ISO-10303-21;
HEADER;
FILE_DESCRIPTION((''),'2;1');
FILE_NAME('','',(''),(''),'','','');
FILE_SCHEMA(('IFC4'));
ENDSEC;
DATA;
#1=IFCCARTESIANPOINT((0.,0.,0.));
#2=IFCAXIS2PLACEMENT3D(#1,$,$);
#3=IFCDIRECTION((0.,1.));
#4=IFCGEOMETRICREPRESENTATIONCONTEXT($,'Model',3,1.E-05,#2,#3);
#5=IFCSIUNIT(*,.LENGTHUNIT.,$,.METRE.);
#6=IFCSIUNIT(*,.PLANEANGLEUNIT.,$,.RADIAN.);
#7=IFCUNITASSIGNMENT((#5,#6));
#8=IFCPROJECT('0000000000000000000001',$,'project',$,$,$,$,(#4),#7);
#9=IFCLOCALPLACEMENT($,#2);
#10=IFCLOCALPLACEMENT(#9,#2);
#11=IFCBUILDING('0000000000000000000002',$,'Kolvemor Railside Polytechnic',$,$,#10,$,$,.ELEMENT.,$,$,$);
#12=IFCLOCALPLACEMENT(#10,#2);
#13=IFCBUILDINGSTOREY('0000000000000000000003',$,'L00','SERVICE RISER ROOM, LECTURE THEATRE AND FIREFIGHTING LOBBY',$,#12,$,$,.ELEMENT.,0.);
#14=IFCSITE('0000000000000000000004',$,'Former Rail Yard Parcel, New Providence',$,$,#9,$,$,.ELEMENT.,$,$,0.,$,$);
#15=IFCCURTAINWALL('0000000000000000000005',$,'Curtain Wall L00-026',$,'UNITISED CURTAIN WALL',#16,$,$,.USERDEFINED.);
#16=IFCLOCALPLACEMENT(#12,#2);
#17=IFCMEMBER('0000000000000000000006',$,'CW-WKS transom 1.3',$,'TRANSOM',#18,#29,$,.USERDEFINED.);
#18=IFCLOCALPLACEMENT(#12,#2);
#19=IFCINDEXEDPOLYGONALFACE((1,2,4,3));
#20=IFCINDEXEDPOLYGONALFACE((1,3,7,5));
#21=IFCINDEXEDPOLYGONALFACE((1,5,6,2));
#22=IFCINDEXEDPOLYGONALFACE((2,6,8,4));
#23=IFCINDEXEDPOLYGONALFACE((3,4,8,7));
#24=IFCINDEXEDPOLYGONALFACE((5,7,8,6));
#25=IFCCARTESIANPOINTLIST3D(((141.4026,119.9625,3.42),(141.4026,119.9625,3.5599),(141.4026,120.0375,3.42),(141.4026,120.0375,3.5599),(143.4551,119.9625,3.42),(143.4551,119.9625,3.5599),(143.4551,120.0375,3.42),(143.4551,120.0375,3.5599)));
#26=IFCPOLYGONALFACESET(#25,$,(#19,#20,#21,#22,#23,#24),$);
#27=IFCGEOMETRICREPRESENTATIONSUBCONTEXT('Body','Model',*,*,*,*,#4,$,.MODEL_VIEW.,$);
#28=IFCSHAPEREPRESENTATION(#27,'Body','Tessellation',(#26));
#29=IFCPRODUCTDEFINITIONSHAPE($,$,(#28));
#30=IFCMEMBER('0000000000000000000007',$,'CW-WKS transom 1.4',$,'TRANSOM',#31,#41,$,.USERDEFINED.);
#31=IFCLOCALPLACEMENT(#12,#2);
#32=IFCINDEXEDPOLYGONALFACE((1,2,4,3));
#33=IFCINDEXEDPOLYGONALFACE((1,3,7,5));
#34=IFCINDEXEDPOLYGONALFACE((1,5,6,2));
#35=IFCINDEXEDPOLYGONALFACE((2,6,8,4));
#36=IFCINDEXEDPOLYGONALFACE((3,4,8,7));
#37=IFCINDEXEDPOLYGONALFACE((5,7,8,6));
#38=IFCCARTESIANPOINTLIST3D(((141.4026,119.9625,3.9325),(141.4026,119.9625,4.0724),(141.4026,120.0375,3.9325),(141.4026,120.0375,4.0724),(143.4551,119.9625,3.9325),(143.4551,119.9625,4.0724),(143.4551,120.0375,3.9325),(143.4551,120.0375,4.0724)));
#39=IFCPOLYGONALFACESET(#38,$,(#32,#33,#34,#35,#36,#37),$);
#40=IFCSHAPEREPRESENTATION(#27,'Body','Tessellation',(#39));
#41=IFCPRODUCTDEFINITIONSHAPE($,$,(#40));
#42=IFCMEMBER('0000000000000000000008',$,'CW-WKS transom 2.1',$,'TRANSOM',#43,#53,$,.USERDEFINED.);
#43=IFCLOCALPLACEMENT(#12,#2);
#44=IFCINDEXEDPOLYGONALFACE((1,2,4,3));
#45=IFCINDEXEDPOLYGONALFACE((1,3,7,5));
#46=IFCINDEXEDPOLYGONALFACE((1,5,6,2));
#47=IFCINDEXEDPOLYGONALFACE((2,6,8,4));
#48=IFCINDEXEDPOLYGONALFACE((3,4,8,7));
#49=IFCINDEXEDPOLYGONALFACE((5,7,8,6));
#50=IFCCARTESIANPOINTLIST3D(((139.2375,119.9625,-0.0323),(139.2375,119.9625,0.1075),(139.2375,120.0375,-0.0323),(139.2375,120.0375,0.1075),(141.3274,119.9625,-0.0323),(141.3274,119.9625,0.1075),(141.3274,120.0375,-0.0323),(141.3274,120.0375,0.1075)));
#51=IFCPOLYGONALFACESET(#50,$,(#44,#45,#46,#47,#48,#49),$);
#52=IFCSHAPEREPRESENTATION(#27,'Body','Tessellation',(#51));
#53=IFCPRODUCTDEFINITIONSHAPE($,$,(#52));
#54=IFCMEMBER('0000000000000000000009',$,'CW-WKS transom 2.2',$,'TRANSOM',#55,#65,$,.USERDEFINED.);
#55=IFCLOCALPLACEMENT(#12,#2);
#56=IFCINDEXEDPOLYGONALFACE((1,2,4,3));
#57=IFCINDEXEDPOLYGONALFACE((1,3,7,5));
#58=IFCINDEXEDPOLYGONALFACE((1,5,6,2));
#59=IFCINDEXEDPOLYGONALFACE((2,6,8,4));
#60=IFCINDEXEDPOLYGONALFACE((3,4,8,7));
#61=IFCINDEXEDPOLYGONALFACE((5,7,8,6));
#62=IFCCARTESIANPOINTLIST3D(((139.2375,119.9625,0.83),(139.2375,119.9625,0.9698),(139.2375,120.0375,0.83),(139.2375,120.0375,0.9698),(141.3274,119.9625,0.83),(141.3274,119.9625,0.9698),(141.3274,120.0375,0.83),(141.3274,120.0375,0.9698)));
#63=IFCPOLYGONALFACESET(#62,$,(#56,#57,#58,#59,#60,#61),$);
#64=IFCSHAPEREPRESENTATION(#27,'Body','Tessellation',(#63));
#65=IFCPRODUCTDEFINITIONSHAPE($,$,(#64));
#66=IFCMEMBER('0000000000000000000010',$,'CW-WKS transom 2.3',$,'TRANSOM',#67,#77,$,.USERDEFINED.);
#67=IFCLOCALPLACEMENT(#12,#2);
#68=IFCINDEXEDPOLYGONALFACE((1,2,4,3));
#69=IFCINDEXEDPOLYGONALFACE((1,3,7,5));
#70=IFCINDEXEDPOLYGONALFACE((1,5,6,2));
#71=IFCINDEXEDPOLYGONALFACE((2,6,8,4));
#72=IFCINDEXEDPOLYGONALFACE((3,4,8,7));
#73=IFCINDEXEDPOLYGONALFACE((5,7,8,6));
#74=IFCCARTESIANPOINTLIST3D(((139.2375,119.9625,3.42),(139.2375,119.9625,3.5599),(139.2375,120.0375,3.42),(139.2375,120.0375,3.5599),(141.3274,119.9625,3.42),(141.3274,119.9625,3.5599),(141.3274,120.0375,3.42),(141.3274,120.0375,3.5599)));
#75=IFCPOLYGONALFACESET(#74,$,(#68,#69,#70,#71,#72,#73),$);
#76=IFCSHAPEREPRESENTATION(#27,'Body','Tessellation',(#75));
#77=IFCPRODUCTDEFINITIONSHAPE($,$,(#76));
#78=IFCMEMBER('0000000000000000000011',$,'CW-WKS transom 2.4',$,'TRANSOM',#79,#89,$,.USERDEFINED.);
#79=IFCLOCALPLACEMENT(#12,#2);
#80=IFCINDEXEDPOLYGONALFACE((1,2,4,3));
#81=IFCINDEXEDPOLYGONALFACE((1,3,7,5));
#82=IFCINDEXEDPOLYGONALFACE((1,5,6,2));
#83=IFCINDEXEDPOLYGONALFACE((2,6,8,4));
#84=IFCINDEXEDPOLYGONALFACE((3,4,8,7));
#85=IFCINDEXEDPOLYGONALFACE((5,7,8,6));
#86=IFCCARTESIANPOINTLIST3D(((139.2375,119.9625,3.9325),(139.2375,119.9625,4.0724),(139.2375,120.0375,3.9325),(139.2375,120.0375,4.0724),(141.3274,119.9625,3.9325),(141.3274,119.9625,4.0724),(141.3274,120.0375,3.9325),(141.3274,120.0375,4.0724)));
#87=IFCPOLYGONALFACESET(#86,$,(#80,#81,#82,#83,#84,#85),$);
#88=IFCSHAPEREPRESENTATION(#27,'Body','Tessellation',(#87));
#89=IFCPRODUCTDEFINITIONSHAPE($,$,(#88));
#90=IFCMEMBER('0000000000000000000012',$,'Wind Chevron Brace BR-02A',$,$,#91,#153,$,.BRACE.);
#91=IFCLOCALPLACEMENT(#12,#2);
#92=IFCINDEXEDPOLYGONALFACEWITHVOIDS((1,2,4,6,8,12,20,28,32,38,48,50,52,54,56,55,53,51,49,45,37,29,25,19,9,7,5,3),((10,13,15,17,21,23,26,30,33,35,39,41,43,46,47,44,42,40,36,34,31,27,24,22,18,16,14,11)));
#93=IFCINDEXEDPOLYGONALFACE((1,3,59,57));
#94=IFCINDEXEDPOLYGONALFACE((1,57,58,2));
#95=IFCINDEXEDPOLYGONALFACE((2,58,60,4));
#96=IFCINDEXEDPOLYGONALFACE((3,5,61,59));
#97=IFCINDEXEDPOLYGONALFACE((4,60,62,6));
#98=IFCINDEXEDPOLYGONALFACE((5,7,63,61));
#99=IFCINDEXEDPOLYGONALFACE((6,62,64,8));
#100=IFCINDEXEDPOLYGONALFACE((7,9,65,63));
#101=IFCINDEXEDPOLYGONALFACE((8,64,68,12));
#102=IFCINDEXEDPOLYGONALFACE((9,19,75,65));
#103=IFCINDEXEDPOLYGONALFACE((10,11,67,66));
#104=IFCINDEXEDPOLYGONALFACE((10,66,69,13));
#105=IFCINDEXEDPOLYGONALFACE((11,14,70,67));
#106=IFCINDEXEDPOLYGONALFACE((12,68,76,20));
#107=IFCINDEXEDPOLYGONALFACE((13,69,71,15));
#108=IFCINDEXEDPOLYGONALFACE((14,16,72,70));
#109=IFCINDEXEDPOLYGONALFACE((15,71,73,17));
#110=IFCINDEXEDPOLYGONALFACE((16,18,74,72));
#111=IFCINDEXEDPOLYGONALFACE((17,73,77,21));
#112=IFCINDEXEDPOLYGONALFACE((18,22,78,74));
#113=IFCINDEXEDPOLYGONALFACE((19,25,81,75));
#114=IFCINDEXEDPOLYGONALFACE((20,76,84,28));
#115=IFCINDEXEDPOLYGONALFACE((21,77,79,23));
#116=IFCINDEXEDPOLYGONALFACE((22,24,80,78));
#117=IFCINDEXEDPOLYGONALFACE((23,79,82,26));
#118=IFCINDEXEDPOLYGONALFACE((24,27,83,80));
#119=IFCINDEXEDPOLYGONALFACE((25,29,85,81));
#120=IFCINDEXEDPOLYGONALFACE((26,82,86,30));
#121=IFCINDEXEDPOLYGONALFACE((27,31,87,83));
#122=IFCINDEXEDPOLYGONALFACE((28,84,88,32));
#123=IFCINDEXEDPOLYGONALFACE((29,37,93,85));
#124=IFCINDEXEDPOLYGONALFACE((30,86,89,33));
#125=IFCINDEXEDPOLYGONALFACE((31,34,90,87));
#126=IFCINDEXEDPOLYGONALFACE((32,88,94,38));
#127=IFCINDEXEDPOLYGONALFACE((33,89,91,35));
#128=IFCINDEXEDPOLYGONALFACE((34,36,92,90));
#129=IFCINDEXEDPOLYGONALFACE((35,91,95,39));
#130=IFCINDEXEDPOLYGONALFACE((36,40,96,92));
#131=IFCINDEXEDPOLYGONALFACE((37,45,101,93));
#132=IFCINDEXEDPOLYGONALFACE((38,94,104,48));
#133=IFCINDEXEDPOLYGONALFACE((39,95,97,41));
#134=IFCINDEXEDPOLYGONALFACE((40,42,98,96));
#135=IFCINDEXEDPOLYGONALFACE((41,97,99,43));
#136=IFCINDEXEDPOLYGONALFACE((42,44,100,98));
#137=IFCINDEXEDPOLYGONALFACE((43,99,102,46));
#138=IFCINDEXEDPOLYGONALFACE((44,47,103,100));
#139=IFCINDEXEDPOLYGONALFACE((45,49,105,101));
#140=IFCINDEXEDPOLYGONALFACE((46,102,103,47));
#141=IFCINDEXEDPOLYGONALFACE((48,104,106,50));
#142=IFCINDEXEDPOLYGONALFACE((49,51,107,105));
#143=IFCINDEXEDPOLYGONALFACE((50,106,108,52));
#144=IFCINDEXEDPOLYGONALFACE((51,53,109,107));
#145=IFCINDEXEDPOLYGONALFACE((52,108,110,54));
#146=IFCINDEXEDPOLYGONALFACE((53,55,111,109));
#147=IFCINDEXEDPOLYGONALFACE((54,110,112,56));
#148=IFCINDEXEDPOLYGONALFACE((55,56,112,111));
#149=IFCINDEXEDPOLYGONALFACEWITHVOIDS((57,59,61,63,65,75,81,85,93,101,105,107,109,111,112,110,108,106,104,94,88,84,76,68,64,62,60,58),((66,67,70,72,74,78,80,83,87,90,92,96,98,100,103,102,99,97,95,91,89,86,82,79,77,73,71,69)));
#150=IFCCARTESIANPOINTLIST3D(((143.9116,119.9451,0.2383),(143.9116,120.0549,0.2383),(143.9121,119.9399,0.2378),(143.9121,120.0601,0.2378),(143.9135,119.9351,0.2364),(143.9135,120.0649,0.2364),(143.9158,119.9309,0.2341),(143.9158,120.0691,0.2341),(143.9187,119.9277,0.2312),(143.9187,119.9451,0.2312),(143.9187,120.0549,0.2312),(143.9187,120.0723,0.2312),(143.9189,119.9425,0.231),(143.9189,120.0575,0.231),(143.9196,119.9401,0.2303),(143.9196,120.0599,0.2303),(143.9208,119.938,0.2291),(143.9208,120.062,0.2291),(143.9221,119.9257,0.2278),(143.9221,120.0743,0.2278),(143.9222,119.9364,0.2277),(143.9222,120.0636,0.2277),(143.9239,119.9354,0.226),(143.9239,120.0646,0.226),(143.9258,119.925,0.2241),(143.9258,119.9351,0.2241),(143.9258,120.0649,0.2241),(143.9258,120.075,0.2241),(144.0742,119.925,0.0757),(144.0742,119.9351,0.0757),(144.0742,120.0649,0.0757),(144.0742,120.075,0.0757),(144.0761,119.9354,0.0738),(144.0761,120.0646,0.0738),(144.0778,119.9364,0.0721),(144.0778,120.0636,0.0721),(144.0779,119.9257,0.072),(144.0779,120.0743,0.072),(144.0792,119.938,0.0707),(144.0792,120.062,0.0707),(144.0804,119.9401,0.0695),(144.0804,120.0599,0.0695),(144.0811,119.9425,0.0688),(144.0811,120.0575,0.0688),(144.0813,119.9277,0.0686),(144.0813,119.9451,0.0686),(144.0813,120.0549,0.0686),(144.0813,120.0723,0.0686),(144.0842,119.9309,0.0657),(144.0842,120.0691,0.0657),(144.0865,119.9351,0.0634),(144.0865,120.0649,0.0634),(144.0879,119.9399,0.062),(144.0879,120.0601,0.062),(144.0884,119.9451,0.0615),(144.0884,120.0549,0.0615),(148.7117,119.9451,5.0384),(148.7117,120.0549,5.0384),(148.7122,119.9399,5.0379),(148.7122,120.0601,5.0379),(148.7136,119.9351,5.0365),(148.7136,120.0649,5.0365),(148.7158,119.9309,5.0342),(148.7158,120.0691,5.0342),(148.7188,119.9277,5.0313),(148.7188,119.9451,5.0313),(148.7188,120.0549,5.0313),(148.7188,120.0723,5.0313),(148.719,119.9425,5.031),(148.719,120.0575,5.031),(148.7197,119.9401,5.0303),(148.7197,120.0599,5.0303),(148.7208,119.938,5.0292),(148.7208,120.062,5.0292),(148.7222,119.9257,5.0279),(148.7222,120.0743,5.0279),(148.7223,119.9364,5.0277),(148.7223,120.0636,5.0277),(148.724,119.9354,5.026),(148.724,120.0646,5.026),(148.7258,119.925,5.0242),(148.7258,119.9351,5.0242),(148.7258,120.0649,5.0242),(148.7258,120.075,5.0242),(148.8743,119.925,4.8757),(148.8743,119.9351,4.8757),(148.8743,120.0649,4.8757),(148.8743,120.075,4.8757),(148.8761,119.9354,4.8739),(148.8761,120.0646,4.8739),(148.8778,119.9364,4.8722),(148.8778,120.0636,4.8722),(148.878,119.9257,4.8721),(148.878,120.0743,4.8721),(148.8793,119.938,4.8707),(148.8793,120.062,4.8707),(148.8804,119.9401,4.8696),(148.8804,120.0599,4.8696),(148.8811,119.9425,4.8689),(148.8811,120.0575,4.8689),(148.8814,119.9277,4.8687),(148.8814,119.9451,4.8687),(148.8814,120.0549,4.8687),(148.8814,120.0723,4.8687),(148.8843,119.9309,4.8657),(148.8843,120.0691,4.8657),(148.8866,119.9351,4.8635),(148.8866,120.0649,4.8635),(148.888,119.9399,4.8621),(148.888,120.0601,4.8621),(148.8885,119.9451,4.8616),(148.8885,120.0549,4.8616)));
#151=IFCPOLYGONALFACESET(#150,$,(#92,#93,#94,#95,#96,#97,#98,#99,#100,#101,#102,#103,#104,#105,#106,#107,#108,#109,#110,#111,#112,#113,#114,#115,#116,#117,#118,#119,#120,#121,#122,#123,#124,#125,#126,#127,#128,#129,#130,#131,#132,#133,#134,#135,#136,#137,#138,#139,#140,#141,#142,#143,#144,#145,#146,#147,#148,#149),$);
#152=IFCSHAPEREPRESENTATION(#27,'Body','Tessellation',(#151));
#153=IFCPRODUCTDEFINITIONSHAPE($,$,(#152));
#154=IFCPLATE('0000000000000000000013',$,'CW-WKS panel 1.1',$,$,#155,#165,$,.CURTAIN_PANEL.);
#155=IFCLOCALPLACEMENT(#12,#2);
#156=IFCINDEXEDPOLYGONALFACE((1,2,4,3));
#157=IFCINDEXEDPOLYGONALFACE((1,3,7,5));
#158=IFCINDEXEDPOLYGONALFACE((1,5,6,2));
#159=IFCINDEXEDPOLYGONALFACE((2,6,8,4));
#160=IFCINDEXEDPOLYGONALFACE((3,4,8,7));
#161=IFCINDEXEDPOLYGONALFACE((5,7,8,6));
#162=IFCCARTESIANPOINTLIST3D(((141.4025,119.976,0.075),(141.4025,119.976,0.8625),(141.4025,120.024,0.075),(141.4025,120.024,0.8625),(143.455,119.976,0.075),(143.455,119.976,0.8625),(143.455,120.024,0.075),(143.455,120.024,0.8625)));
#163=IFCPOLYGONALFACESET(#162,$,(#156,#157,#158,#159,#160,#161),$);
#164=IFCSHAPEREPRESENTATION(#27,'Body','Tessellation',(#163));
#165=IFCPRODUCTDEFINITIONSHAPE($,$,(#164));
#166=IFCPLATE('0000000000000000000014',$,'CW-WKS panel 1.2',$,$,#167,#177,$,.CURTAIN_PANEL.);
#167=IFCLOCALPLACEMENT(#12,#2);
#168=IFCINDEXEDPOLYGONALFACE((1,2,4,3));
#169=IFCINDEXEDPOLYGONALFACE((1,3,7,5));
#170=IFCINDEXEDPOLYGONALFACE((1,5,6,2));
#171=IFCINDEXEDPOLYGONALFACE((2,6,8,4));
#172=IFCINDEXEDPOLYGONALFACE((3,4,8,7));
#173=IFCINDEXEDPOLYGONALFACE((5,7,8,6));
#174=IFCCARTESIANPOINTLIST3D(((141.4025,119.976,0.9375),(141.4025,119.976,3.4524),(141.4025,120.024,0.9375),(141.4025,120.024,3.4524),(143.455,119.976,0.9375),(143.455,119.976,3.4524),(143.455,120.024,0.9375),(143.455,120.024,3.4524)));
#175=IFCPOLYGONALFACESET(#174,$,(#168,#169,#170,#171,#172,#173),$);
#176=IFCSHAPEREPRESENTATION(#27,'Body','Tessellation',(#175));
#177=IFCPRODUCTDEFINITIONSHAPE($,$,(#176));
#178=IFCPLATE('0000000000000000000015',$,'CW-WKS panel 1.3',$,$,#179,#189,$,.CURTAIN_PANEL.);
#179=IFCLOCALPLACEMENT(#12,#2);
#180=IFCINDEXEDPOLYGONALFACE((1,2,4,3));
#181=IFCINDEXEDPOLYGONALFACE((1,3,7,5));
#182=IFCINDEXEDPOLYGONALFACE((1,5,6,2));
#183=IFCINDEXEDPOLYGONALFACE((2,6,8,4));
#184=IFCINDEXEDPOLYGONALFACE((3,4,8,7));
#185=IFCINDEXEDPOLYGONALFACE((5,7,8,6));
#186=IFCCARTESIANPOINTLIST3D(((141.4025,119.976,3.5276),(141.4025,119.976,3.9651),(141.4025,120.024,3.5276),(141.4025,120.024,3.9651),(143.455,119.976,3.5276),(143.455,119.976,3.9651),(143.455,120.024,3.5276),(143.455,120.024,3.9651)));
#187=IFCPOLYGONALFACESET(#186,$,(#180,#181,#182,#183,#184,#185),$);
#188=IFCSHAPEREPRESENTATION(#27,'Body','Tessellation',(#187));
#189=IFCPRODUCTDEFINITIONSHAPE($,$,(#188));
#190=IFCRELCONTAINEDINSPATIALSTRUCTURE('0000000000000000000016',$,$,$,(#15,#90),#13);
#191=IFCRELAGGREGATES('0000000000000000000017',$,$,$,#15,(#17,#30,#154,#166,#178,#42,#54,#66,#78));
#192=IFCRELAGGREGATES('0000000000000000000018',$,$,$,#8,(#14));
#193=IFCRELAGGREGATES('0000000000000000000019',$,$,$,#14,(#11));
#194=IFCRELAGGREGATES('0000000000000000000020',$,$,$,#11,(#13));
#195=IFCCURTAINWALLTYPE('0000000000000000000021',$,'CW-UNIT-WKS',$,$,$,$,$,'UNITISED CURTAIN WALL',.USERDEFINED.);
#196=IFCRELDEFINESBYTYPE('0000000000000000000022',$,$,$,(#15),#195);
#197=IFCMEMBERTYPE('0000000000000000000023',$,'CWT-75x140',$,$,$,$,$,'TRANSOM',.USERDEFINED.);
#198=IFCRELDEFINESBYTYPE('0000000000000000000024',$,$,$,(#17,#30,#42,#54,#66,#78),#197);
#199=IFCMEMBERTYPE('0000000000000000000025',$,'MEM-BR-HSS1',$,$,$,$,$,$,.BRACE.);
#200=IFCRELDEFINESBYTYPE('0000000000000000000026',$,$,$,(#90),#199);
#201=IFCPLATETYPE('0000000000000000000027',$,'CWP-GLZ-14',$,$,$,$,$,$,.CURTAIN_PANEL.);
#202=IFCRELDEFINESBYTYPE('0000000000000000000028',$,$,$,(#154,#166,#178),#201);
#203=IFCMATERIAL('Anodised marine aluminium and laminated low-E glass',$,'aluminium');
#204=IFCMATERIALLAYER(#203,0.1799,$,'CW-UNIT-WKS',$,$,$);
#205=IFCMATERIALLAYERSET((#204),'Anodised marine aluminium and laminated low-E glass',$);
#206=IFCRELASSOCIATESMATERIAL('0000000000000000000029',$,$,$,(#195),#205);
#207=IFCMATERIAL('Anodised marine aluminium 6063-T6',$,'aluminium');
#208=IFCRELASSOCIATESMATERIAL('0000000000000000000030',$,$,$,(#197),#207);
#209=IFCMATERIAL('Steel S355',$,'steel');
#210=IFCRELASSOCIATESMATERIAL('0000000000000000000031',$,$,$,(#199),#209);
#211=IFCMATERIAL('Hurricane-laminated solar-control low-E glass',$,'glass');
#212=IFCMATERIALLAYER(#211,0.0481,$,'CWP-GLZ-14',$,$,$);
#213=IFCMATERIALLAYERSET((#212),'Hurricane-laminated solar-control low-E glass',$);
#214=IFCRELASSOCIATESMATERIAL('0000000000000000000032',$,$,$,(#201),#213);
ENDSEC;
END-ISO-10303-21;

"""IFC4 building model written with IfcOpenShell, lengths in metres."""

from ifc_helpers import new_model, si_unit, direction, frame, origin, origin_2d, place, context, subcontext, project, spatial, rectangle, hollow_rectangle, extrude, material, layer, layer_set, material_profile, profile_set, type_object, element, aggregate, save


model = new_model("IFC4")

# Units and contexts
model_context = context("Model", 3, precision=1e-05, world=origin(), true_north=direction((0.0, 1.0)))
body_context = subcontext(model_context, "Body", "Model", "MODEL_VIEW")
ifc_project = project(units=[si_unit("LENGTHUNIT", "METRE"), si_unit("PLANEANGLEUNIT", "RADIAN")], contexts=[model_context])

# Site, building, storey
site_placement = place(None, origin())
site = spatial("IfcSite", under=ifc_project, at=site_placement, Name="Former Rail Yard Parcel, New Providence", CompositionType="ELEMENT", RefElevation=0.0)
building_placement = place(site_placement, origin())
building = spatial("IfcBuilding", under=site, at=building_placement, Name="Kolvemor Railside Polytechnic", CompositionType="ELEMENT")
storey_placement = place(building_placement, origin())
storey = spatial("IfcBuildingStorey", under=building, at=storey_placement, Name="L00", Description="SERVICE RISER ROOM, LECTURE THEATRE AND FIREFIGHTING LOBBY", CompositionType="ELEMENT", Elevation=0.0)

# Curtain wall, members
ifc_material_1 = material(Name="Anodised marine aluminium and laminated low-E glass", Category="aluminium")
ifc_layer_1 = layer(ifc_material_1, 0.1799, Name="CW-UNIT-WKS")
ifc_layer_set_1 = layer_set([ifc_layer_1], Name="Anodised marine aluminium and laminated low-E glass")
curtain_wall_type = type_object("IfcCurtainWallType", Name="CW-UNIT-WKS", ElementType="UNITISED CURTAIN WALL", PredefinedType="USERDEFINED", material=ifc_layer_set_1)
curtain_wall_placement = place(storey_placement, origin())
curtain_wall = element("IfcCurtainWall", 1, at=curtain_wall_placement, inside=storey, type_object=curtain_wall_type, Name="Curtain Wall L00-026", ObjectType="UNITISED CURTAIN WALL", PredefinedType="USERDEFINED")
ifc_material_2 = material(Name="Anodised marine aluminium 6063-T6", Category="aluminium")
ifc_material_profile_1 = material_profile(ifc_material_2, rectangle(XDim=0.075, YDim=0.1399, at=origin_2d()), Name="CW-TRN-75x140")
ifc_profile_set_1 = profile_set([ifc_material_profile_1], Name="Anodised marine aluminium 6063-T6")
member_type_1 = type_object("IfcMemberType", Name="CWT-75x140", ElementType="TRANSOM", PredefinedType="USERDEFINED", material=ifc_profile_set_1)
member_1_placement = place(storey_placement, frame((143.4551, 120.0, 3.49), z_axis=(-1.0, 0.0, 0.0), x_axis=(0.0, -1.0, 0.0)))
member_1 = element("IfcMember", 2, at=member_1_placement, type_object=member_type_1, Name="CW-WKS transom 1.3", ObjectType="TRANSOM", PredefinedType="USERDEFINED", context=body_context, shape_type="SweptSolid", body=[
    extrude(rectangle(XDim=0.075, YDim=0.1399, at=origin_2d()), origin(), (0.0, 0.0, 1.0), 2.0525),
])
member_2_placement = place(storey_placement, frame((143.4551, 120.0, 4.0024), z_axis=(-1.0, 0.0, 0.0), x_axis=(0.0, -1.0, 0.0)))
member_2 = element("IfcMember", 3, at=member_2_placement, type_object=member_type_1, Name="CW-WKS transom 1.4", ObjectType="TRANSOM", PredefinedType="USERDEFINED", context=body_context, shape_type="SweptSolid", body=[
    extrude(rectangle(XDim=0.075, YDim=0.1399, at=origin_2d()), origin(), (0.0, 0.0, 1.0), 2.0525),
])
member_3_placement = place(storey_placement, frame((141.3274, 120.0, 0.0376), z_axis=(-1.0, 0.0, 0.0), x_axis=(0.0, -1.0, 0.0)))
member_3 = element("IfcMember", 4, at=member_3_placement, type_object=member_type_1, Name="CW-WKS transom 2.1", ObjectType="TRANSOM", PredefinedType="USERDEFINED", context=body_context, shape_type="SweptSolid", body=[
    extrude(rectangle(XDim=0.075, YDim=0.1399, at=origin_2d()), origin(), (0.0, 0.0, 1.0), 2.0898),
])
member_4_placement = place(storey_placement, frame((141.3274, 120.0, 0.8999), z_axis=(-1.0, 0.0, 0.0), x_axis=(0.0, -1.0, 0.0)))
member_4 = element("IfcMember", 5, at=member_4_placement, type_object=member_type_1, Name="CW-WKS transom 2.2", ObjectType="TRANSOM", PredefinedType="USERDEFINED", context=body_context, shape_type="SweptSolid", body=[
    extrude(rectangle(XDim=0.075, YDim=0.1399, at=origin_2d()), origin(), (0.0, 0.0, 1.0), 2.0898),
])
member_5_placement = place(storey_placement, frame((141.3274, 120.0, 3.49), z_axis=(-1.0, 0.0, 0.0), x_axis=(0.0, -1.0, 0.0)))
member_5 = element("IfcMember", 6, at=member_5_placement, type_object=member_type_1, Name="CW-WKS transom 2.3", ObjectType="TRANSOM", PredefinedType="USERDEFINED", context=body_context, shape_type="SweptSolid", body=[
    extrude(rectangle(XDim=0.075, YDim=0.1399, at=origin_2d()), origin(), (0.0, 0.0, 1.0), 2.0898),
])
member_6_placement = place(storey_placement, frame((141.3274, 120.0, 4.0024), z_axis=(-1.0, 0.0, 0.0), x_axis=(0.0, -1.0, 0.0)))
member_6 = element("IfcMember", 7, at=member_6_placement, type_object=member_type_1, Name="CW-WKS transom 2.4", ObjectType="TRANSOM", PredefinedType="USERDEFINED", context=body_context, shape_type="SweptSolid", body=[
    extrude(rectangle(XDim=0.075, YDim=0.1399, at=origin_2d()), origin(), (0.0, 0.0, 1.0), 2.0898),
])

# Member
ifc_material_3 = material(Name="Steel S355", Category="steel")
ifc_material_profile_2 = material_profile(ifc_material_3, hollow_rectangle(XDim=0.1499, YDim=0.25, WallThickness=0.01, InnerFilletRadius=0.01, OuterFilletRadius=0.02, at=origin_2d()), Name="HSS250x150x10")
ifc_profile_set_2 = profile_set([ifc_material_profile_2], Name="Steel S355")
member_type_2 = type_object("IfcMemberType", Name="MEM-BR-HSS1", PredefinedType="BRACE", material=ifc_profile_set_2)
member_7_placement = place(storey_placement, frame((144.0, 120.0, 0.1499), z_axis=(0.707107, 0.0, 0.707107), x_axis=(0.0, 1.0, 0.0)))
element("IfcMember", 8, at=member_7_placement, inside=storey, type_object=member_type_2, Name="Wind Chevron Brace BR-02A", PredefinedType="BRACE", context=body_context, shape_type="SweptSolid", body=[
    extrude(hollow_rectangle(XDim=0.1499, YDim=0.25, WallThickness=0.01, InnerFilletRadius=0.01, OuterFilletRadius=0.02, at=origin_2d()), origin(), (0.0, 0.0, 1.0), 6.7883),
])

# Plates
ifc_material_4 = material(Name="Hurricane-laminated solar-control low-E glass", Category="glass")
ifc_layer_2 = layer(ifc_material_4, 0.0481, Name="CWP-GLZ-14")
ifc_layer_set_2 = layer_set([ifc_layer_2], Name="Hurricane-laminated solar-control low-E glass")
plate_type_1 = type_object("IfcPlateType", Name="CWP-GLZ-14", PredefinedType="CURTAIN_PANEL", material=ifc_layer_set_2)
plate_1_placement = place(storey_placement, frame((142.4287, 120.0, 0.075), z_axis=(0.0, 0.0, 1.0), x_axis=(-1.0, 0.0, 0.0)))
plate_1 = element("IfcPlate", 9, at=plate_1_placement, type_object=plate_type_1, Name="CW-WKS panel 1.1", PredefinedType="CURTAIN_PANEL", context=body_context, shape_type="SweptSolid", body=[
    extrude(rectangle(XDim=2.0525, YDim=0.0481, at=origin_2d()), origin(), (0.0, 0.0, 1.0), 0.7876),
])
plate_2_placement = place(storey_placement, frame((142.4287, 120.0, 0.9375), z_axis=(0.0, 0.0, 1.0), x_axis=(-1.0, 0.0, 0.0)))
plate_2 = element("IfcPlate", 10, at=plate_2_placement, type_object=plate_type_1, Name="CW-WKS panel 1.2", PredefinedType="CURTAIN_PANEL", context=body_context, shape_type="SweptSolid", body=[
    extrude(rectangle(XDim=2.0525, YDim=0.0481, at=origin_2d()), origin(), (0.0, 0.0, 1.0), 2.5149),
])
plate_3_placement = place(storey_placement, frame((142.4287, 120.0, 3.5276), z_axis=(0.0, 0.0, 1.0), x_axis=(-1.0, 0.0, 0.0)))
plate_3 = element("IfcPlate", 11, at=plate_3_placement, type_object=plate_type_1, Name="CW-WKS panel 1.3", PredefinedType="CURTAIN_PANEL", context=body_context, shape_type="SweptSolid", body=[
    extrude(rectangle(XDim=2.0525, YDim=0.0481, at=origin_2d()), origin(), (0.0, 0.0, 1.0), 0.4375),
])
aggregate(curtain_wall, [member_1, member_2, plate_1, plate_2, plate_3, member_3, member_4, member_5, member_6])

save(model, "model.ifc")
